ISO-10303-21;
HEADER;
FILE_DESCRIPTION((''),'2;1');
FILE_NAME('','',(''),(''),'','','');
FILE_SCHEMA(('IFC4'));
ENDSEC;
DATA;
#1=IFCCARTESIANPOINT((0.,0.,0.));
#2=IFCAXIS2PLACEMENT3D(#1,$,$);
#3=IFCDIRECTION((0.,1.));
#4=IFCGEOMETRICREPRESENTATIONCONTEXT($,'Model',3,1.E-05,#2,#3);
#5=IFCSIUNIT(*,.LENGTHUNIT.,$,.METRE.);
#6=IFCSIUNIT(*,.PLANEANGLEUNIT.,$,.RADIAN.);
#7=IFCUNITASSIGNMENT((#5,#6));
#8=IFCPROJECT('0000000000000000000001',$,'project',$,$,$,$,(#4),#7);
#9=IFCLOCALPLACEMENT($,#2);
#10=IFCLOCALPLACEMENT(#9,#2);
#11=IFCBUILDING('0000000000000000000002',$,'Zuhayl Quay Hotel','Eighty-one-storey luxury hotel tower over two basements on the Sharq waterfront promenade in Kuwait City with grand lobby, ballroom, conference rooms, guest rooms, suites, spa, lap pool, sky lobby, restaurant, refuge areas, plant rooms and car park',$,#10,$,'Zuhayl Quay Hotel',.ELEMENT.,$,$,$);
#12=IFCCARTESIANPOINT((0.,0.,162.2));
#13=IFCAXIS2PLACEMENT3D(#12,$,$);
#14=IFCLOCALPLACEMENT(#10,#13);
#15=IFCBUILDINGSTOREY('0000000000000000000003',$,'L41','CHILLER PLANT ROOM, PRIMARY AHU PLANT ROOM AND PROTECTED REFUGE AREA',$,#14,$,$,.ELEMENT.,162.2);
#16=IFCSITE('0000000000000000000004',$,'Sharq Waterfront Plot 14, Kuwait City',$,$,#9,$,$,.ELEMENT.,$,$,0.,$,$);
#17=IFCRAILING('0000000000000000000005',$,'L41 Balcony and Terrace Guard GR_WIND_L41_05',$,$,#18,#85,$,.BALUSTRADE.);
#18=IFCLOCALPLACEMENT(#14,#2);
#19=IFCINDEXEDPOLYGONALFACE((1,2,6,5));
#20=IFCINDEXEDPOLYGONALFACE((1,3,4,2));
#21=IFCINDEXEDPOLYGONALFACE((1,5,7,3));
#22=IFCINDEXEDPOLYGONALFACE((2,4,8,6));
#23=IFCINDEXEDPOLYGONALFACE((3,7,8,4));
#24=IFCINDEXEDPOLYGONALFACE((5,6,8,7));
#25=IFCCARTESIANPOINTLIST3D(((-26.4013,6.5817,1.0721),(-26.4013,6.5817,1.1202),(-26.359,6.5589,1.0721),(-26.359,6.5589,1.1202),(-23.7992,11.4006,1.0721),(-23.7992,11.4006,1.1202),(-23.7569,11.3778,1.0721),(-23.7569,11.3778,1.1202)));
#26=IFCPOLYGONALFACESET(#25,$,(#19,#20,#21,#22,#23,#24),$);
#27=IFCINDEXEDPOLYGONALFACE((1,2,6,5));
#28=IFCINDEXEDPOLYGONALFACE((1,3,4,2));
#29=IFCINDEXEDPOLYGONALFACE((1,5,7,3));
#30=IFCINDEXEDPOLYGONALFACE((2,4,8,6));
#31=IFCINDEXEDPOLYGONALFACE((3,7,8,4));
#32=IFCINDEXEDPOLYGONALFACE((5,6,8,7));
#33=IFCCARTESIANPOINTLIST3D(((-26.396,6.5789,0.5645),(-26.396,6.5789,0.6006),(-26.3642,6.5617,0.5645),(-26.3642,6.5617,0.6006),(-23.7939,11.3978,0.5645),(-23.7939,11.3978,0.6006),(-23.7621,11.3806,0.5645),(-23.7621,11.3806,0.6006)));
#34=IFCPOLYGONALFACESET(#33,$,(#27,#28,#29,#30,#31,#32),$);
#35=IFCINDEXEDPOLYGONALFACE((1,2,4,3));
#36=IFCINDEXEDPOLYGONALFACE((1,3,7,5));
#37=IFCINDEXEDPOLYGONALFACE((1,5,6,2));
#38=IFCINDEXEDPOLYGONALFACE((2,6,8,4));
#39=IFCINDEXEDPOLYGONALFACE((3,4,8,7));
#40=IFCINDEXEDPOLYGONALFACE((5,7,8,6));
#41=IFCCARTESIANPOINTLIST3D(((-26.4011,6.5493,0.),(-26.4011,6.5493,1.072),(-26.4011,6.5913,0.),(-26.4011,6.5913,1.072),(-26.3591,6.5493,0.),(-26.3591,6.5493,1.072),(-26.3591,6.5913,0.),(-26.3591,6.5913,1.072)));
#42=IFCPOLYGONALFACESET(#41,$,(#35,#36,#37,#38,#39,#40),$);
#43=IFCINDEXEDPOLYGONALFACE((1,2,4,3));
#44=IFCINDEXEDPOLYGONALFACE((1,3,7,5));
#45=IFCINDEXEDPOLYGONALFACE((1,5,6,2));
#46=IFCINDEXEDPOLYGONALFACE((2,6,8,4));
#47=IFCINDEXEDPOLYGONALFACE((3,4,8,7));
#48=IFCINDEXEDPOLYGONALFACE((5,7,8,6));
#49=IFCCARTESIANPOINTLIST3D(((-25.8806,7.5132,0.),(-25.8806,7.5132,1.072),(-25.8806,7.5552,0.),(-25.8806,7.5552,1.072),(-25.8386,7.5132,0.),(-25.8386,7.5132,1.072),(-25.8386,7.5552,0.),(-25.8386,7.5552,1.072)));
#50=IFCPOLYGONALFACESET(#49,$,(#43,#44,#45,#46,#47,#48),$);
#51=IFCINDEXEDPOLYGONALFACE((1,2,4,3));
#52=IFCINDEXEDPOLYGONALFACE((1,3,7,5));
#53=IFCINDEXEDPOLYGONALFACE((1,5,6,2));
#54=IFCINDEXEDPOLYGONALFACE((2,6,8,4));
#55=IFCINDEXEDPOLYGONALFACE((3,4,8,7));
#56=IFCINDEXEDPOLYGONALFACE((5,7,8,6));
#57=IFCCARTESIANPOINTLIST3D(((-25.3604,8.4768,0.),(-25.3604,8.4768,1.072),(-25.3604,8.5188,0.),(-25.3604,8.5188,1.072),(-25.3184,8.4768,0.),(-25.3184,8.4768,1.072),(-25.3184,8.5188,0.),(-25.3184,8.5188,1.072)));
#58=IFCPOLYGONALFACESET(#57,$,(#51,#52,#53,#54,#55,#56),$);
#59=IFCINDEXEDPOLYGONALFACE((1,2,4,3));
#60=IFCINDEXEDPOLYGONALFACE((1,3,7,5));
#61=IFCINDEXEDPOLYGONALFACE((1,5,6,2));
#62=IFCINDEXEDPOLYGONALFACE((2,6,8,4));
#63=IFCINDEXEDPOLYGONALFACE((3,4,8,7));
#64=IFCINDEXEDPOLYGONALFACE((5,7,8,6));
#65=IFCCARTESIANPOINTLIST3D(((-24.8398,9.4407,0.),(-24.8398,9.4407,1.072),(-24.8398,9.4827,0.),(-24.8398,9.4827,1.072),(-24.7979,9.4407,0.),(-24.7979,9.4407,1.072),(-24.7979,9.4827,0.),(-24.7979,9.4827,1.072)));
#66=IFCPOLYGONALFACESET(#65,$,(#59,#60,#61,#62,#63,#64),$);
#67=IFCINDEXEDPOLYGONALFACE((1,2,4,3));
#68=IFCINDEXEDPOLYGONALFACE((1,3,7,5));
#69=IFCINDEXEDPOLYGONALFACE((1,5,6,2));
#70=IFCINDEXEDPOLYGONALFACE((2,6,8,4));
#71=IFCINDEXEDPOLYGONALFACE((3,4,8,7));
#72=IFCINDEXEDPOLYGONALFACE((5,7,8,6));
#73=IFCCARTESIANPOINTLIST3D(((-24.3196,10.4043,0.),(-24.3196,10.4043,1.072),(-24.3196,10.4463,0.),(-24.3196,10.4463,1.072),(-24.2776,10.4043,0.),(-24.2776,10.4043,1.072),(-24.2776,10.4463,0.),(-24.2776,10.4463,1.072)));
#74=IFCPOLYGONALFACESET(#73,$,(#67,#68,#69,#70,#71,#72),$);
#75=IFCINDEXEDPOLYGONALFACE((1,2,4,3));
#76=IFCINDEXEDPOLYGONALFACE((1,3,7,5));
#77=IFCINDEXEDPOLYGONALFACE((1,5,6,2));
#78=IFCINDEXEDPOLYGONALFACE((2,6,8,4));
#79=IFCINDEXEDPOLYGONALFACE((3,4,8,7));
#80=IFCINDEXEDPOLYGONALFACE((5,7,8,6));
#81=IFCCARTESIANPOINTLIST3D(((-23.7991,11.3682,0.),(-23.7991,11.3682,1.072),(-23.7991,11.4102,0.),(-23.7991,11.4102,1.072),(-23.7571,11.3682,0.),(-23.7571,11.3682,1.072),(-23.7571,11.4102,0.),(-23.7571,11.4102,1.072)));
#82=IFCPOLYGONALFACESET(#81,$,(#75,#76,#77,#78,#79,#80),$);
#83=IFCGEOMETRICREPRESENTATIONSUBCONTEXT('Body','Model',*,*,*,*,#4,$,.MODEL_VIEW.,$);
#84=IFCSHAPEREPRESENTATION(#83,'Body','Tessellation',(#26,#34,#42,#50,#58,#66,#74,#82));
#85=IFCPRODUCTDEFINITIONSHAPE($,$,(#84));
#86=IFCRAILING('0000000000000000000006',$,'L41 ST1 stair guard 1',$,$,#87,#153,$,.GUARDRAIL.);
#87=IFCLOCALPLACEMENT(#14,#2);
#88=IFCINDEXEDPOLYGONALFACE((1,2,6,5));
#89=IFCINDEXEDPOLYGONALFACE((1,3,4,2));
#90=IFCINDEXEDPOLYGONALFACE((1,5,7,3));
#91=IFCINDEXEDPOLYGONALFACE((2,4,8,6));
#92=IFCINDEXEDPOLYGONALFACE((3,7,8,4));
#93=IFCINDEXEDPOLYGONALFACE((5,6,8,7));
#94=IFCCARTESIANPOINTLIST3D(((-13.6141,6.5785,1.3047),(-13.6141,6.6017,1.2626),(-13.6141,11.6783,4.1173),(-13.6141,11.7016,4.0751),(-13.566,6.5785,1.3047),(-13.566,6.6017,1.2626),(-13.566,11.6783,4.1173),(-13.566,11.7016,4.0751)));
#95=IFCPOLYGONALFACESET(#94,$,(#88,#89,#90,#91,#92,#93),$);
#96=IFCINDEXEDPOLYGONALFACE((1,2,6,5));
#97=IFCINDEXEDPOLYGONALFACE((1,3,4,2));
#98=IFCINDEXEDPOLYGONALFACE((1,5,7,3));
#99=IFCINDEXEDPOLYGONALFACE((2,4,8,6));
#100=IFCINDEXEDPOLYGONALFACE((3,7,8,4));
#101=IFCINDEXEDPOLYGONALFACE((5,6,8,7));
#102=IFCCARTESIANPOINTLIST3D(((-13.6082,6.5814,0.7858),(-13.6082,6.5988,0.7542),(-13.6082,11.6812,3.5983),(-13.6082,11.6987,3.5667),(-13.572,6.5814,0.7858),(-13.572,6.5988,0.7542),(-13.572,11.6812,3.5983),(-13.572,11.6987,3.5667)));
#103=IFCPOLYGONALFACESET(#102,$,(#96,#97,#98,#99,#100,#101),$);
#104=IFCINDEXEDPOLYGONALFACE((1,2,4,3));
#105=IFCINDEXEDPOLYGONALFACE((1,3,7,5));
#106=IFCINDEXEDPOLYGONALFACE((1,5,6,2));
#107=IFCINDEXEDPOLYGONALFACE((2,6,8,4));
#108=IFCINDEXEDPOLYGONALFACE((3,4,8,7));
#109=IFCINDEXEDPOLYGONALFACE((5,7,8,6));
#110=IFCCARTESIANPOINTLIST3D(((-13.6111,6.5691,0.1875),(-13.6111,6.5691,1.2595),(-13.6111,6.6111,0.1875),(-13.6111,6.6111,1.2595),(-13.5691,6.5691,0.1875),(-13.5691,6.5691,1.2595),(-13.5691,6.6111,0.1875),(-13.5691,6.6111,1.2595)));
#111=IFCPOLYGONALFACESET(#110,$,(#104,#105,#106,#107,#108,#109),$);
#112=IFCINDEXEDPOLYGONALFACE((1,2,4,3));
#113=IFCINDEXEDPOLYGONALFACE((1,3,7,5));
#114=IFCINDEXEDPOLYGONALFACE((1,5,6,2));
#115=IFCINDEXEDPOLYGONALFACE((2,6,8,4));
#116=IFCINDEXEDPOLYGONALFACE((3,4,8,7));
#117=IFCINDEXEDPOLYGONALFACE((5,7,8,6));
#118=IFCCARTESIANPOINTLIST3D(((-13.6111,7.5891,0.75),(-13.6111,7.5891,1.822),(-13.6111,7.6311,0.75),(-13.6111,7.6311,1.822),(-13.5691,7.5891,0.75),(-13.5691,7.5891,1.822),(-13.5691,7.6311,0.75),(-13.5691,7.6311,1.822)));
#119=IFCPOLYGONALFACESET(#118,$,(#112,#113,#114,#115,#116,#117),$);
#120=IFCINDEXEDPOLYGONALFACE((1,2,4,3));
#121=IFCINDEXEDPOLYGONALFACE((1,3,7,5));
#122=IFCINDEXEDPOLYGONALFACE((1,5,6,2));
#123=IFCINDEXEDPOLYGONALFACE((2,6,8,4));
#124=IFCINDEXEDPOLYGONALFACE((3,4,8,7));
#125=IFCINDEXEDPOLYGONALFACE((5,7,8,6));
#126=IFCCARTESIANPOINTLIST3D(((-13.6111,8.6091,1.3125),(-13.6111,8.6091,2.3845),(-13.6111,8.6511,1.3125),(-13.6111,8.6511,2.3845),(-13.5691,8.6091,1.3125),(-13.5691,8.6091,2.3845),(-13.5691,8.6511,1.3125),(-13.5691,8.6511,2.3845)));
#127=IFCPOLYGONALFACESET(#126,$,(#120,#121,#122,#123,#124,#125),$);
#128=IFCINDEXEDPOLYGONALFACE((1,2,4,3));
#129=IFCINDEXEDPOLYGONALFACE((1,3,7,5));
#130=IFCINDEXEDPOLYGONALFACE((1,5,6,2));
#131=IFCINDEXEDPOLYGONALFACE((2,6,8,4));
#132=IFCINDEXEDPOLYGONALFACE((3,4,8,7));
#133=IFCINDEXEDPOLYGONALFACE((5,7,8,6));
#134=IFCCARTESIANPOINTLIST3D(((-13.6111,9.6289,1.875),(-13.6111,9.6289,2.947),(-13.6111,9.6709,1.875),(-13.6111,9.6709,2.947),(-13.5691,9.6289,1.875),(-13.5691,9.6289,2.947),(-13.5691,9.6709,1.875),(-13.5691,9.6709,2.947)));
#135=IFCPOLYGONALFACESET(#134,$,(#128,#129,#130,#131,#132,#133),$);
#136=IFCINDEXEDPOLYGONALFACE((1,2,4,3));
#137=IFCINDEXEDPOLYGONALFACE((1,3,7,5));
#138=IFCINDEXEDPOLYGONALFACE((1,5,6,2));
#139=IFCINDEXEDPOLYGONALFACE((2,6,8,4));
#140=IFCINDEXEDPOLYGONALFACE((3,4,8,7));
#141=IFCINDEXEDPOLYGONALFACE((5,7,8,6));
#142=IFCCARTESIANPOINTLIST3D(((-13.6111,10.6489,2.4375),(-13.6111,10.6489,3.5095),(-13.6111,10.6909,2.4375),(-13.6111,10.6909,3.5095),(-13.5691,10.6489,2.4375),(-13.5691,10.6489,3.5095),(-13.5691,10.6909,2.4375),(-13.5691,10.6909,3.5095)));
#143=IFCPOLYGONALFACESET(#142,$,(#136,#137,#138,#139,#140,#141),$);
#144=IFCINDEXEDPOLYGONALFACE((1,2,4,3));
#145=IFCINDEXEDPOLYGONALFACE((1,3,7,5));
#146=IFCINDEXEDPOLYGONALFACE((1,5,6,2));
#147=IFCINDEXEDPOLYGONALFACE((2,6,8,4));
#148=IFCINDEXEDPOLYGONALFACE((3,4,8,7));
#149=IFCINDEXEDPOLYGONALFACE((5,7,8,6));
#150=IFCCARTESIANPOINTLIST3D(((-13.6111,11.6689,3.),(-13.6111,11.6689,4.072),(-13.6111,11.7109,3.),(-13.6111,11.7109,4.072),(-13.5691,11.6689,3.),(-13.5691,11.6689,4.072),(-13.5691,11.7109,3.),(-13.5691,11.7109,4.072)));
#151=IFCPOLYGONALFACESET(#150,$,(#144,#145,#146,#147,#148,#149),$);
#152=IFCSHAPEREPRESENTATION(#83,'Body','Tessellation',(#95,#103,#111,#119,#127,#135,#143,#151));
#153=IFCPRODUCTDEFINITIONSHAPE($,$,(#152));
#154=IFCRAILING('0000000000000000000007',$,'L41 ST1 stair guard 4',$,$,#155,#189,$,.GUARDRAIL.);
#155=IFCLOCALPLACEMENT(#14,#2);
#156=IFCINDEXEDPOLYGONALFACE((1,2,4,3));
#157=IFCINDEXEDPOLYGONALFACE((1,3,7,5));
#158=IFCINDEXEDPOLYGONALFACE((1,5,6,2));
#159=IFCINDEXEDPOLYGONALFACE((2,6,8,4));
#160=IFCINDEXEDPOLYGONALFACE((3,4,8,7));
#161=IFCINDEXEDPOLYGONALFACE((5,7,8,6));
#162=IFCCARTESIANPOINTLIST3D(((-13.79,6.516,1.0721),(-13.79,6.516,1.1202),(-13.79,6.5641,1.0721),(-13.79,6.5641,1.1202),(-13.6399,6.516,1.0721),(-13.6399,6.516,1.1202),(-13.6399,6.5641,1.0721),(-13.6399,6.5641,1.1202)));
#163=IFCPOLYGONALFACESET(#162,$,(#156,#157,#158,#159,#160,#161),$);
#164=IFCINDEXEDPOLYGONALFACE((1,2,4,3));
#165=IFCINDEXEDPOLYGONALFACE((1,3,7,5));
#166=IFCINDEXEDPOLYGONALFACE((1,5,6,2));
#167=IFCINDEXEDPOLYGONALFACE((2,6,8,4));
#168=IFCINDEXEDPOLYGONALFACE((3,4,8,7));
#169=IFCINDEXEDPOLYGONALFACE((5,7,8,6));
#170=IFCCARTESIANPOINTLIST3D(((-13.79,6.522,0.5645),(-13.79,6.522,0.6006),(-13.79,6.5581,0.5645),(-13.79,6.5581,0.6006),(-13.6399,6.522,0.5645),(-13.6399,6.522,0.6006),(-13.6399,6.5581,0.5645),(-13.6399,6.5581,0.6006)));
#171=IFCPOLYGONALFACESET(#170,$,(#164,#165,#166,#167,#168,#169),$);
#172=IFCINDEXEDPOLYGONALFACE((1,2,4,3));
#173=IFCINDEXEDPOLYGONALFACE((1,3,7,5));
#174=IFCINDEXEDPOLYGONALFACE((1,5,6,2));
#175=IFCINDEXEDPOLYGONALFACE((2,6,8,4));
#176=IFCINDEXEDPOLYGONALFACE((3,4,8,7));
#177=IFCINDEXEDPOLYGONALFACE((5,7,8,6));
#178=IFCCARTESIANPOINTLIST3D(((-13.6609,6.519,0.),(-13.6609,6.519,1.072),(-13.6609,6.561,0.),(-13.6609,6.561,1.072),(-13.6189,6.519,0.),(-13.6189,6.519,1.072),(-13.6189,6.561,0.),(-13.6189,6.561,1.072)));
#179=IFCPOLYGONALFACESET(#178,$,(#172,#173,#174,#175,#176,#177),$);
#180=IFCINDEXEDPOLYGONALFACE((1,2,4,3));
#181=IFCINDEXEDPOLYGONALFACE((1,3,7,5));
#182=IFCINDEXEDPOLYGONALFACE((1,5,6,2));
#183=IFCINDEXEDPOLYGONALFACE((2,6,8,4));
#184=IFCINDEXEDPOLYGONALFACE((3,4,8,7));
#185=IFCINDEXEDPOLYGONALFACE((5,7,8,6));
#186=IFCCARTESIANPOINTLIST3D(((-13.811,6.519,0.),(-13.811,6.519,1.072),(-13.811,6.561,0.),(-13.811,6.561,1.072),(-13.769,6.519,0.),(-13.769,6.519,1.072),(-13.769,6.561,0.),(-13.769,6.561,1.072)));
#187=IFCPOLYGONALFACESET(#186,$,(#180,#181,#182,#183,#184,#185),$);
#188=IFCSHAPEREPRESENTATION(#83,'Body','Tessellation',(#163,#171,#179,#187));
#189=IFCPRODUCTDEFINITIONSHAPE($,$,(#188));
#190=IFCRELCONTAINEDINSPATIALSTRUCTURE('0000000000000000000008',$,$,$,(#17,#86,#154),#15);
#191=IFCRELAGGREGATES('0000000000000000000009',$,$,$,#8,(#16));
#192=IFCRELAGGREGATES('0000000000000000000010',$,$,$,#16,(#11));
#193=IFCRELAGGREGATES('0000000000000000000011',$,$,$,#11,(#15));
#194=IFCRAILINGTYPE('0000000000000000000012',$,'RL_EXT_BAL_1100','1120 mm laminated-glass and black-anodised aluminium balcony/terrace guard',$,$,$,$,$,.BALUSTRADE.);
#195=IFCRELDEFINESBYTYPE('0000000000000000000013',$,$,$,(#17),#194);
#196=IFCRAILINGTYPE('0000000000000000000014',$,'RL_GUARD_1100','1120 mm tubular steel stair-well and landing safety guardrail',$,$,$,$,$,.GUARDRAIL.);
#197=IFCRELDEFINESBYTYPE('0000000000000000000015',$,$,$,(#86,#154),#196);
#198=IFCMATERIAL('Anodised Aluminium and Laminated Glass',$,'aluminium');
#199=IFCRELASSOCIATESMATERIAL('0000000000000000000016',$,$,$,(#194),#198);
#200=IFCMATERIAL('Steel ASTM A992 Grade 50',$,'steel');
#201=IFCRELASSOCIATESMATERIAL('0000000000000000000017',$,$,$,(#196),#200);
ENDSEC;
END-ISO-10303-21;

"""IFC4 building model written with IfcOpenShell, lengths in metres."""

from ifc_helpers import new_model, si_unit, direction, frame, origin, origin_2d, place, context, subcontext, project, spatial, rectangle, extrude, material, type_object, element, save


model = new_model("IFC4")

# Units and contexts
model_context = context("Model", 3, precision=1e-05, world=origin(), true_north=direction((0.0, 1.0)))
body_context = subcontext(model_context, "Body", "Model", "MODEL_VIEW")
ifc_project = project(units=[si_unit("LENGTHUNIT", "METRE"), si_unit("PLANEANGLEUNIT", "RADIAN")], contexts=[model_context])

# Site, building, storey
site_placement = place(None, origin())
site = spatial("IfcSite", under=ifc_project, at=site_placement, Name="Sharq Waterfront Plot 14, Kuwait City", CompositionType="ELEMENT", RefElevation=0.0)
building_placement = place(site_placement, origin())
building = spatial("IfcBuilding", under=site, at=building_placement, Name="Zuhayl Quay Hotel", Description="Eighty-one-storey luxury hotel tower over two basements on the Sharq waterfront promenade in Kuwait City with grand lobby, ballroom, conference rooms, guest rooms, suites, spa, lap pool, sky lobby, restaurant, refuge areas, plant rooms and car park", LongName="Zuhayl Quay Hotel", CompositionType="ELEMENT")
storey_placement = place(building_placement, frame((0.0, 0.0, 162.2)))
storey = spatial("IfcBuildingStorey", under=building, at=storey_placement, Name="L41", Description="CHILLER PLANT ROOM, PRIMARY AHU PLANT ROOM AND PROTECTED REFUGE AREA", CompositionType="ELEMENT", Elevation=162.2)

# Shared definitions
ifc_material_1 = material(Name="Steel ASTM A992 Grade 50", Category="steel")

# Railings
ifc_material_2 = material(Name="Anodised Aluminium and Laminated Glass", Category="aluminium")
railing_type_1 = type_object("IfcRailingType", Name="RL_EXT_BAL_1100", Description="1120 mm laminated-glass and black-anodised aluminium balcony/terrace guard", PredefinedType="BALUSTRADE", material=ifc_material_2)
railing_1_placement = place(storey_placement, frame((-26.3801, 6.5703, 0.0)))
element("IfcRailing", 1, at=railing_1_placement, inside=storey, type_object=railing_type_1, Name="L41 Balcony and Terrace Guard GR_WIND_L41_05", PredefinedType="BALUSTRADE", context=body_context, shape_type="SweptSolid", body=[
    extrude(rectangle(XDim=0.0481, YDim=0.0481, at=origin_2d()), frame((0.0, 0.0, 1.0962), z_axis=(0.475131, 0.879915, 0.0), x_axis=(-0.879915, 0.475131, 0.0)), (0.0, 0.0, 1.0), 5.4766),
    extrude(rectangle(XDim=0.0361, YDim=0.0361, at=origin_2d()), frame((0.0, 0.0, 0.5825), z_axis=(0.475131, 0.879915, 0.0), x_axis=(-0.879915, 0.475131, 0.0)), (0.0, 0.0, 1.0), 5.4766),
    extrude(rectangle(XDim=0.042, YDim=0.042, at=origin_2d()), origin(), (0.0, 0.0, 1.0), 1.072),
    extrude(rectangle(XDim=0.042, YDim=0.042, at=origin_2d()), frame((0.5205, 0.9639, 0.0)), (0.0, 0.0, 1.0), 1.072),
    extrude(rectangle(XDim=0.042, YDim=0.042, at=origin_2d()), frame((1.0408, 1.9275, 0.0)), (0.0, 0.0, 1.0), 1.072),
    extrude(rectangle(XDim=0.042, YDim=0.042, at=origin_2d()), frame((1.5613, 2.8914, 0.0)), (0.0, 0.0, 1.0), 1.072),
    extrude(rectangle(XDim=0.042, YDim=0.042, at=origin_2d()), frame((2.0815, 3.855, 0.0)), (0.0, 0.0, 1.0), 1.072),
    extrude(rectangle(XDim=0.042, YDim=0.042, at=origin_2d()), frame((2.6021, 4.8188, 0.0)), (0.0, 0.0, 1.0), 1.072),
])
railing_type_2 = type_object("IfcRailingType", Name="RL_GUARD_1100", Description="1120 mm tubular steel stair-well and landing safety guardrail", PredefinedType="GUARDRAIL", material=ifc_material_1)
railing_2_placement = place(storey_placement, frame((-13.5901, 6.5901, 0.1875)))
element("IfcRailing", 2, at=railing_2_placement, inside=storey, type_object=railing_type_2, Name="L41 ST1 stair guard 1", PredefinedType="GUARDRAIL", context=body_context, shape_type="SweptSolid", body=[
    extrude(rectangle(XDim=0.0481, YDim=0.0481, at=origin_2d()), frame((0.0, 0.0, 1.0962), z_axis=(0.0, 0.875666, 0.482918), x_axis=(-1.0, 0.0, 0.0)), (0.0, 0.0, 1.0), 5.824),
    extrude(rectangle(XDim=0.0361, YDim=0.0361, at=origin_2d()), frame((0.0, 0.0, 0.5825), z_axis=(0.0, 0.875666, 0.482918), x_axis=(-1.0, 0.0, 0.0)), (0.0, 0.0, 1.0), 5.824),
    extrude(rectangle(XDim=0.042, YDim=0.042, at=origin_2d()), origin(), (0.0, 0.0, 1.0), 1.072),
    extrude(rectangle(XDim=0.042, YDim=0.042, at=origin_2d()), frame((0.0, 1.02, 0.5625)), (0.0, 0.0, 1.0), 1.072),
    extrude(rectangle(XDim=0.042, YDim=0.042, at=origin_2d()), frame((0.0, 2.04, 1.125)), (0.0, 0.0, 1.0), 1.072),
    extrude(rectangle(XDim=0.042, YDim=0.042, at=origin_2d()), frame((0.0, 3.0598, 1.6875)), (0.0, 0.0, 1.0), 1.072),
    extrude(rectangle(XDim=0.042, YDim=0.042, at=origin_2d()), frame((0.0, 4.0798, 2.25)), (0.0, 0.0, 1.0), 1.072),
    extrude(rectangle(XDim=0.042, YDim=0.042, at=origin_2d()), frame((0.0, 5.0999, 2.8125)), (0.0, 0.0, 1.0), 1.072),
])
railing_3_placement = place(storey_placement, frame((-13.6399, 6.54, 0.0)))
element("IfcRailing", 3, at=railing_3_placement, inside=storey, type_object=railing_type_2, Name="L41 ST1 stair guard 4", PredefinedType="GUARDRAIL", context=body_context, shape_type="SweptSolid", body=[
    extrude(rectangle(XDim=0.0481, YDim=0.0481, at=origin_2d()), frame((0.0, 0.0, 1.0962), z_axis=(-1.0, 0.0, 0.0), x_axis=(0.0, -1.0, 0.0)), (0.0, 0.0, 1.0), 0.1501),
    extrude(rectangle(XDim=0.0361, YDim=0.0361, at=origin_2d()), frame((0.0, 0.0, 0.5825), z_axis=(-1.0, 0.0, 0.0), x_axis=(0.0, -1.0, 0.0)), (0.0, 0.0, 1.0), 0.1501),
    extrude(rectangle(XDim=0.042, YDim=0.042, at=origin_2d()), origin(), (0.0, 0.0, 1.0), 1.072),
    extrude(rectangle(XDim=0.042, YDim=0.042, at=origin_2d()), frame((-0.1501, 0.0, 0.0)), (0.0, 0.0, 1.0), 1.072),
])

save(model, "model.ifc")
